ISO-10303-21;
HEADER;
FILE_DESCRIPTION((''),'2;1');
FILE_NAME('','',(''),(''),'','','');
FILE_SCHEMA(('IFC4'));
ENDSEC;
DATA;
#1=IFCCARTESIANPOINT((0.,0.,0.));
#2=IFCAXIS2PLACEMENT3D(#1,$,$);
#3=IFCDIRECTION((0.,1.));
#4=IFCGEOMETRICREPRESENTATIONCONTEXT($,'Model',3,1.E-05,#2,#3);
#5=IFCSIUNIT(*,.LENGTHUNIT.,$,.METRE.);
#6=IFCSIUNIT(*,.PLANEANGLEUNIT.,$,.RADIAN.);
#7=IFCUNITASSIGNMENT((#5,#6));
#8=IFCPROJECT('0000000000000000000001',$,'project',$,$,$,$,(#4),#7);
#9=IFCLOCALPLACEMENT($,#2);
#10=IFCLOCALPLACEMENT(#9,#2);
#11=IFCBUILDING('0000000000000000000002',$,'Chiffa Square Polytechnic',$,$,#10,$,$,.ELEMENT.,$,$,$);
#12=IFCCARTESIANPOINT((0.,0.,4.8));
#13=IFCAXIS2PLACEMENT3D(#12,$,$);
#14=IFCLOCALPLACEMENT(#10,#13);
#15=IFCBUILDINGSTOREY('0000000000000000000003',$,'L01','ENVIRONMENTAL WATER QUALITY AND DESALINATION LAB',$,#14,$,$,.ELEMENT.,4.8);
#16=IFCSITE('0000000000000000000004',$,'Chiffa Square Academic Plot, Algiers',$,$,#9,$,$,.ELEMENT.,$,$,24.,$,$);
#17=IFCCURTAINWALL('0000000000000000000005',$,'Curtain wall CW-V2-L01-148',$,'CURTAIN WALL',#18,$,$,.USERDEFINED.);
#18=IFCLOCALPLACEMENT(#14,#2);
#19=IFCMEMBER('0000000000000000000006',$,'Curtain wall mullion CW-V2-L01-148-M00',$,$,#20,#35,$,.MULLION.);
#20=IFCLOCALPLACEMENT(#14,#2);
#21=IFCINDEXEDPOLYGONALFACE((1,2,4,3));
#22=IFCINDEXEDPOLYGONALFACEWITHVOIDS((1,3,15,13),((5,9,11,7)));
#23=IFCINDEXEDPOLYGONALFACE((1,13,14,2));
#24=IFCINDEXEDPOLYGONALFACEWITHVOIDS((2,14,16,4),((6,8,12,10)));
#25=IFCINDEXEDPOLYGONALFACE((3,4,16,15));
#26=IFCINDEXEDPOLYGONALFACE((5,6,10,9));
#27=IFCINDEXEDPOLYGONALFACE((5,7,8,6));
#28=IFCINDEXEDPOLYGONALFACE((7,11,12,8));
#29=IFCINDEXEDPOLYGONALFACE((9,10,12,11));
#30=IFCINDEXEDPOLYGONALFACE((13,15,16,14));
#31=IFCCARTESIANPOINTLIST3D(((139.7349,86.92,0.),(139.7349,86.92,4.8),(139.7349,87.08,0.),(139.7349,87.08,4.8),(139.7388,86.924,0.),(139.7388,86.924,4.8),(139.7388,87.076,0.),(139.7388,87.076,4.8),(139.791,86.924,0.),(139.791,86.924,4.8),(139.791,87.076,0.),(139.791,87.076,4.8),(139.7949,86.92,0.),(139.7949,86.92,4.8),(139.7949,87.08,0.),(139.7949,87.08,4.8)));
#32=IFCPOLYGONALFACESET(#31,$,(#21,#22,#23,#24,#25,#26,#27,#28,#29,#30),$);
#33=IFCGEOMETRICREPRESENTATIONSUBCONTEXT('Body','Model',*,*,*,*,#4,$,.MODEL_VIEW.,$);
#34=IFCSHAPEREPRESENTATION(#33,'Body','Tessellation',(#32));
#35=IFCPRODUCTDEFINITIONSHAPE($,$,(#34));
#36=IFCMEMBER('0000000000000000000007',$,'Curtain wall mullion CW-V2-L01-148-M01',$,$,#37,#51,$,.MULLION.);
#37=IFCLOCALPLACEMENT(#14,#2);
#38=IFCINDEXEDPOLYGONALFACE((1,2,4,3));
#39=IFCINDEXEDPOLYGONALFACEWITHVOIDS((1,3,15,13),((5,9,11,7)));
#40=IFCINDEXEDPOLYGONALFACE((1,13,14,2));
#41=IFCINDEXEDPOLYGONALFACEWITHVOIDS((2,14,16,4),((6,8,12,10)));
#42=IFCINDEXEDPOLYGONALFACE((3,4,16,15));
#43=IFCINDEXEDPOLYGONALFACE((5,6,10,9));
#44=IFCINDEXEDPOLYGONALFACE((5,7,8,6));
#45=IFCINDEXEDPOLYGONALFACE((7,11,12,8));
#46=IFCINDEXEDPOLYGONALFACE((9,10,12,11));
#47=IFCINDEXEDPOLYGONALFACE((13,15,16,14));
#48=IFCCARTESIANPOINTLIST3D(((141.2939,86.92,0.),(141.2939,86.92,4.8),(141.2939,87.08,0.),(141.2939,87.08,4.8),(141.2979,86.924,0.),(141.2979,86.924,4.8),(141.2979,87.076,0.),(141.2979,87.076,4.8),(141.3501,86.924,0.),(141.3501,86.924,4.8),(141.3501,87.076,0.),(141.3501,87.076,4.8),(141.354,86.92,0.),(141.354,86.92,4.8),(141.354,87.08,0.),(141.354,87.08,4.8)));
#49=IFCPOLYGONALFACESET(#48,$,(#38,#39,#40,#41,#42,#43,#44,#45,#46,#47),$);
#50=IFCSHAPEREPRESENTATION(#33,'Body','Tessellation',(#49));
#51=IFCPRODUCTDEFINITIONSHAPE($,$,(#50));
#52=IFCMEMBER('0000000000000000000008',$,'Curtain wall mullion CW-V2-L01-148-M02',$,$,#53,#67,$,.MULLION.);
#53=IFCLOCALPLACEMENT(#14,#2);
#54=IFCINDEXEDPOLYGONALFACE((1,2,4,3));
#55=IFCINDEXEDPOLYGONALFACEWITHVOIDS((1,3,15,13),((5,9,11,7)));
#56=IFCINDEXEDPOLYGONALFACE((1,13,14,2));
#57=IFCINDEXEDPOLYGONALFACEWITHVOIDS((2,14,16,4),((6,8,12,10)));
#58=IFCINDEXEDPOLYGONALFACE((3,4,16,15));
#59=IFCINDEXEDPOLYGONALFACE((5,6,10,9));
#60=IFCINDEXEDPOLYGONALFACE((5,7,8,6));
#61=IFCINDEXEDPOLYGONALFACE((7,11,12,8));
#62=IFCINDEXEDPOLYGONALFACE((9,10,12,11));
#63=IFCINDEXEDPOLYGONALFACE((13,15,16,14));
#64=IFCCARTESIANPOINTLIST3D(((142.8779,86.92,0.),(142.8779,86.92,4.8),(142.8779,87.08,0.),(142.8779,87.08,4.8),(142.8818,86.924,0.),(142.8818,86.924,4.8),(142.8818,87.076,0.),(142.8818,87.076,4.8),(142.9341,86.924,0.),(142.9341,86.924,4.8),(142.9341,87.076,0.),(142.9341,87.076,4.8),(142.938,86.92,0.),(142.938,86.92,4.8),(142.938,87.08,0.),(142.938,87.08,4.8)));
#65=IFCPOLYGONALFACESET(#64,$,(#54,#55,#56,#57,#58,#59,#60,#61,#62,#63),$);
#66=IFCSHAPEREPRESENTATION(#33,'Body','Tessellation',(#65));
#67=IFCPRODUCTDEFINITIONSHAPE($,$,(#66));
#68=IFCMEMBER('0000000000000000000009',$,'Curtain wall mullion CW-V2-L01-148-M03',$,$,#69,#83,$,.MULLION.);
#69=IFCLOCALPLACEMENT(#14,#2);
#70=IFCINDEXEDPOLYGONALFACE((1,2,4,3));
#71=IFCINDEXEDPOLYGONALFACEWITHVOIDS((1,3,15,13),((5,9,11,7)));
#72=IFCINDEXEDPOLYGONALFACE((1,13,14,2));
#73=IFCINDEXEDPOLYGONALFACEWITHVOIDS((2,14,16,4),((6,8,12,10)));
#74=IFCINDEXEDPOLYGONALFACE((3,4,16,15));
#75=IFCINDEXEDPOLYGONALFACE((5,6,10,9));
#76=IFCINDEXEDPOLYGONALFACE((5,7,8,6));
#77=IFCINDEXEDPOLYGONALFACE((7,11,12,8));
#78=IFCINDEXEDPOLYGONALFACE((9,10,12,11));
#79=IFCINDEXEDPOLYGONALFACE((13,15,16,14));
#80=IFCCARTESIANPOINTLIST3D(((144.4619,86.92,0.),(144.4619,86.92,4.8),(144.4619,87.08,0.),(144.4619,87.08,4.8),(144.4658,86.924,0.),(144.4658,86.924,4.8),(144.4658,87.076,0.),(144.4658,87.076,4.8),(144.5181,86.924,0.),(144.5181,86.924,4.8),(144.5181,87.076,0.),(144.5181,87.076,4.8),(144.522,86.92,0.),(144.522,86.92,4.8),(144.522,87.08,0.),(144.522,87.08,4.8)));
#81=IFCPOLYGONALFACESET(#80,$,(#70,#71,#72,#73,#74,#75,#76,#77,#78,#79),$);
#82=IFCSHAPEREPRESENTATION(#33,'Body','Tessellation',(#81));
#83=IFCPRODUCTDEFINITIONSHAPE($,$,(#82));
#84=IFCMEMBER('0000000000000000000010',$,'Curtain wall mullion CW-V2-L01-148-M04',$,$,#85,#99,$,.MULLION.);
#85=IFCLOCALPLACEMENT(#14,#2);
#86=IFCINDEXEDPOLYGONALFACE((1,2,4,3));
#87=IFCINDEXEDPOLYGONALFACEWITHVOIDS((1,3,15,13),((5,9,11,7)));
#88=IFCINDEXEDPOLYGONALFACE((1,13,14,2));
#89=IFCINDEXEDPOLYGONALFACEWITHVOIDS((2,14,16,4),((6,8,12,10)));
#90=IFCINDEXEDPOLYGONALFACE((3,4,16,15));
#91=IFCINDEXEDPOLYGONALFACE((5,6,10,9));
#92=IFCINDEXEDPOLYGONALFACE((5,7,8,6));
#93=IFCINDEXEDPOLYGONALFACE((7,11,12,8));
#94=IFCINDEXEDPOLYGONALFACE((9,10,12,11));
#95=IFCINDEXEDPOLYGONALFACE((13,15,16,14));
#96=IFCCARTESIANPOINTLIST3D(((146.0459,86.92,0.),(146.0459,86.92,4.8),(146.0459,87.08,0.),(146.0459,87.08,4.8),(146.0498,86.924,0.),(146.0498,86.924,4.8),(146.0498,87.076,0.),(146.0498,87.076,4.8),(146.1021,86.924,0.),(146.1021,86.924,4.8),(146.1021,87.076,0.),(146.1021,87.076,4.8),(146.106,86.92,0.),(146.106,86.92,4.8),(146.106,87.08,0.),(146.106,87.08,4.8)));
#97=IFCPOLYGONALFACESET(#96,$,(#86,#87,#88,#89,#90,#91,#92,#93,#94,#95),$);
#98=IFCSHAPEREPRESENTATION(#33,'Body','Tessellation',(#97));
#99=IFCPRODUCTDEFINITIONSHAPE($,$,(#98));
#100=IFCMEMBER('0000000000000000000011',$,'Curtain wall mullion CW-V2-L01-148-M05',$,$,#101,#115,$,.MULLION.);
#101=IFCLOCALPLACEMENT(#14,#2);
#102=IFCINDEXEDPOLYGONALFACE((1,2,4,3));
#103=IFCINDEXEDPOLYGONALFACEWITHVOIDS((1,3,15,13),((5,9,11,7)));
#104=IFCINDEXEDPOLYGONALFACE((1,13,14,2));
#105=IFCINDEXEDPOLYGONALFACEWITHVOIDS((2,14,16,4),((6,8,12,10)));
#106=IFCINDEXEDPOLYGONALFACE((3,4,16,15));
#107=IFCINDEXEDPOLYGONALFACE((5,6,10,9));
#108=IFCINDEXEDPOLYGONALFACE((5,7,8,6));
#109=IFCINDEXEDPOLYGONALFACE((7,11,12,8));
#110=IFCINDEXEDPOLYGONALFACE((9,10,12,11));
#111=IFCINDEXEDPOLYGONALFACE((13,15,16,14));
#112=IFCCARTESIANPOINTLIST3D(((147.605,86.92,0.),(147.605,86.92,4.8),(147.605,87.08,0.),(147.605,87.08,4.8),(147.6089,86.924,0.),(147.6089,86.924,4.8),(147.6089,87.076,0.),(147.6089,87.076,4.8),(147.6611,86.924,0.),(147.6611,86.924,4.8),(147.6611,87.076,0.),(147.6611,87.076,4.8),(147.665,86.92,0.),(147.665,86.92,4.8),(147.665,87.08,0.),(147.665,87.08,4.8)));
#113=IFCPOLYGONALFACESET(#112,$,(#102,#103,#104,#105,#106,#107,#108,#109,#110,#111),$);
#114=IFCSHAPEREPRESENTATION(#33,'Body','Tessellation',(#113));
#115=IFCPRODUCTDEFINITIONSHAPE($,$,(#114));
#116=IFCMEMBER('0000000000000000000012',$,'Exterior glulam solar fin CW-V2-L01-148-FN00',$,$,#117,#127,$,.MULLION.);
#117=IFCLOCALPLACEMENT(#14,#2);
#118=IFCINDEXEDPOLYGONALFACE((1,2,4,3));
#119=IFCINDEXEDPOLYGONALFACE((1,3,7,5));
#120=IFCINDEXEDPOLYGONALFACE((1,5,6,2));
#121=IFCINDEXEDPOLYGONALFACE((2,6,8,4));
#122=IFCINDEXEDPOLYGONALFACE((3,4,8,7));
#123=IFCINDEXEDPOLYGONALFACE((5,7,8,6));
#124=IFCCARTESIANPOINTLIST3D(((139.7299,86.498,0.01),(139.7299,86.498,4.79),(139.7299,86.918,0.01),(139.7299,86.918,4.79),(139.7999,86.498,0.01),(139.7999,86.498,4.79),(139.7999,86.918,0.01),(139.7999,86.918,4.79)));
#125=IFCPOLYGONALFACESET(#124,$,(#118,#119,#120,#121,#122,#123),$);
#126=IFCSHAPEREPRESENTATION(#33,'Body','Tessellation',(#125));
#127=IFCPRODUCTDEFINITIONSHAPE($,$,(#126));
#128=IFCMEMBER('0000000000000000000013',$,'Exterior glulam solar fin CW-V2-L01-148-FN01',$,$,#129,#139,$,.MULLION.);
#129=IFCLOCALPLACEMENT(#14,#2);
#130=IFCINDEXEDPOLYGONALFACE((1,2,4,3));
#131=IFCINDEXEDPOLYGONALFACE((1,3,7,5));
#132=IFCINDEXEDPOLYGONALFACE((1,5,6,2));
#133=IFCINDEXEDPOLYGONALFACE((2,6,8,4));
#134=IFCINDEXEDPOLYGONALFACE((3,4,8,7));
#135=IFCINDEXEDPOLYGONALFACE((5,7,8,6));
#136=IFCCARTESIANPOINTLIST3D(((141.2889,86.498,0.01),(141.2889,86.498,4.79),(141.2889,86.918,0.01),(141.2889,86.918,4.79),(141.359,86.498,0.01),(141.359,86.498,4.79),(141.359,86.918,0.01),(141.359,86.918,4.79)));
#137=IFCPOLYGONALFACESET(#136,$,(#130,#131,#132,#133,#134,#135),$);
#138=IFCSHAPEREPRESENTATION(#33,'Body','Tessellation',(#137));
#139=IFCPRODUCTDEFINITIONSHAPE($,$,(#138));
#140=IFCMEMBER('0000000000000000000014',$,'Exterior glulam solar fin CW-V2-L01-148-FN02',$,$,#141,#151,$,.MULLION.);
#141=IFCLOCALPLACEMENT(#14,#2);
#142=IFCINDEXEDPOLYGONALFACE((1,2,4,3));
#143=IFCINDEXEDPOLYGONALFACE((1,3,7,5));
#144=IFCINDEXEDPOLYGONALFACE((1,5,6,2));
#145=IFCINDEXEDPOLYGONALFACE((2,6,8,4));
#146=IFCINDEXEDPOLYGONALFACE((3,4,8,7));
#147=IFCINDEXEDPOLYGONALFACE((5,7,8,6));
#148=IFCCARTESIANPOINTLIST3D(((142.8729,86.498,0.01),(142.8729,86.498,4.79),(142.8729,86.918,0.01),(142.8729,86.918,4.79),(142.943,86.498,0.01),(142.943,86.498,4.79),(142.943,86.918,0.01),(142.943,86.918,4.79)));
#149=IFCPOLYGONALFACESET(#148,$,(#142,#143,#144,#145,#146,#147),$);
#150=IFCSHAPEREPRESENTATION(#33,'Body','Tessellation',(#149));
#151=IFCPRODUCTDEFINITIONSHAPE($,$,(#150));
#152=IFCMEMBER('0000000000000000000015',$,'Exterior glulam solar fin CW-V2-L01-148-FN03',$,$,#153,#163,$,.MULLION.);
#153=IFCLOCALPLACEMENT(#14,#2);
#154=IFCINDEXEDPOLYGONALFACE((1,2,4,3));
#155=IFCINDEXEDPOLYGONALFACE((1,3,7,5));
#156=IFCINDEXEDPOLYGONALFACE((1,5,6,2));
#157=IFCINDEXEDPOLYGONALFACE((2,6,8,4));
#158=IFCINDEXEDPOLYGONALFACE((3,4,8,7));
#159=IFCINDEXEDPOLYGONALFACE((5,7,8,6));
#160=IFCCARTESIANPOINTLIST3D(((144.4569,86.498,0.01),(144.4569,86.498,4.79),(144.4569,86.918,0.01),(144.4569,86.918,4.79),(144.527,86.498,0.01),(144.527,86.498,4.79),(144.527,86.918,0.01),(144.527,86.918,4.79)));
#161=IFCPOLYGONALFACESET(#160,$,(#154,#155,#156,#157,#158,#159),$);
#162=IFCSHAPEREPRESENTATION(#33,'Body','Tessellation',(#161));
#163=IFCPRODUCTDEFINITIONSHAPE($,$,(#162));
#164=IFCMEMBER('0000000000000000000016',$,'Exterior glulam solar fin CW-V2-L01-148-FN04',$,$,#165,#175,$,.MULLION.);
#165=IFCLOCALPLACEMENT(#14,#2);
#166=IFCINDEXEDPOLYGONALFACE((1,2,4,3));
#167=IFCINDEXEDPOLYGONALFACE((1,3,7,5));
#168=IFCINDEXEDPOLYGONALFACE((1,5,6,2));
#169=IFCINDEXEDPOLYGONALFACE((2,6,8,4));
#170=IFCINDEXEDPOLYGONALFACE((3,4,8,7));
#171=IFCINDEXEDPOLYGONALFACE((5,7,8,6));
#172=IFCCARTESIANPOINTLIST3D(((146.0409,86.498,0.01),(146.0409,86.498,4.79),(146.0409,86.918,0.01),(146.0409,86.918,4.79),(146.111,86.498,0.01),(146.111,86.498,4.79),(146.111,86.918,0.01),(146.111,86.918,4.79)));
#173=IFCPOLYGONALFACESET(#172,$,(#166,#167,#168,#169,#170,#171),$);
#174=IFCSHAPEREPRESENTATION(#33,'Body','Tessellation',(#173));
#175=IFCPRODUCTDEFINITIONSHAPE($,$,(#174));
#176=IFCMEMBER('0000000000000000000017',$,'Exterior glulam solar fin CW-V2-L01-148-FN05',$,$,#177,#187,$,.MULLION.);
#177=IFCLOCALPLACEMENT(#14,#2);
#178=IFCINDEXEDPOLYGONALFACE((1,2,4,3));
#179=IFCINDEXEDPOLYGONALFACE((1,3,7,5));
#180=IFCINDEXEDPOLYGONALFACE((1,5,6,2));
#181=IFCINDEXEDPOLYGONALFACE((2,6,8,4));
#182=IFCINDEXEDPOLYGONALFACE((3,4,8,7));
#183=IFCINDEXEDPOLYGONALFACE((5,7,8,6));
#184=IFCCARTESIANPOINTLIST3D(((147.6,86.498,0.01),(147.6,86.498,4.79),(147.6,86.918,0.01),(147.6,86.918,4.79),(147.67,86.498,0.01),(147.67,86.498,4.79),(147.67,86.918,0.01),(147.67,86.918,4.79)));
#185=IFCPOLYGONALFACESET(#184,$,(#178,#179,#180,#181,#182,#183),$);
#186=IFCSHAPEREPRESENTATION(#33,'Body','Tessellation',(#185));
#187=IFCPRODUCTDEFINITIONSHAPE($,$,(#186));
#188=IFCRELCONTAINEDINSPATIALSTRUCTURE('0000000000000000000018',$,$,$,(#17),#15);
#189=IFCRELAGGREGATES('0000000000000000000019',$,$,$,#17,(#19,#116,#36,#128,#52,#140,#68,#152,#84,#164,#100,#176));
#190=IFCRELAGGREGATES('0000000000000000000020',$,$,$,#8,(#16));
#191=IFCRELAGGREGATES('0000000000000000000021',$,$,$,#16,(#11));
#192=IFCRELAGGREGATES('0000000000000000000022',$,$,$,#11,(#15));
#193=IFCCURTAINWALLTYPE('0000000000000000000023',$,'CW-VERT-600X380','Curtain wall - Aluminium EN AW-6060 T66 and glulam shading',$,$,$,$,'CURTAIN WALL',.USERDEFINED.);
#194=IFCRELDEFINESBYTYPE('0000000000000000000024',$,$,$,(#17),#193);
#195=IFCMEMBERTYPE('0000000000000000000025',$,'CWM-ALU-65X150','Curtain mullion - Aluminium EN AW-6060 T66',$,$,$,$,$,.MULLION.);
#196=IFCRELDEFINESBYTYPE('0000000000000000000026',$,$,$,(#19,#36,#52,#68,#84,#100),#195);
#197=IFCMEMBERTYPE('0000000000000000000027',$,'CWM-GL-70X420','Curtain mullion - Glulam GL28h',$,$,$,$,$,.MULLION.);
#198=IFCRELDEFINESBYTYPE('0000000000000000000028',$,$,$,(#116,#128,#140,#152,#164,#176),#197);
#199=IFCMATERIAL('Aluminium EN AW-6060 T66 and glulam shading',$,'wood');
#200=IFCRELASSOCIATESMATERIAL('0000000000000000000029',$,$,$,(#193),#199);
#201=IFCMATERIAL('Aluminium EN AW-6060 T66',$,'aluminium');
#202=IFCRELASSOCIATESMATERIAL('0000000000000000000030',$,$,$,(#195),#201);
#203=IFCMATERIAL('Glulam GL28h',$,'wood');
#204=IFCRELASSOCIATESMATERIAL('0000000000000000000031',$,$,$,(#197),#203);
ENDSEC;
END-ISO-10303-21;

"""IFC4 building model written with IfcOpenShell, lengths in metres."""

from ifc_helpers import new_model, si_unit, direction, frame, origin, origin_2d, place, context, subcontext, project, spatial, rectangle, hollow_rectangle, extrude, material, material_profile, profile_set, type_object, element, aggregate, save


model = new_model("IFC4")

# Units and contexts
model_context = context("Model", 3, precision=1e-05, world=origin(), true_north=direction((0.0, 1.0)))
body_context = subcontext(model_context, "Body", "Model", "MODEL_VIEW")
ifc_project = project(units=[si_unit("LENGTHUNIT", "METRE"), si_unit("PLANEANGLEUNIT", "RADIAN")], contexts=[model_context])

# Site, building, storey
site_placement = place(None, origin())
site = spatial("IfcSite", under=ifc_project, at=site_placement, Name="Chiffa Square Academic Plot, Algiers", CompositionType="ELEMENT", RefElevation=24.0)
building_placement = place(site_placement, origin())
building = spatial("IfcBuilding", under=site, at=building_placement, Name="Chiffa Square Polytechnic", CompositionType="ELEMENT")
storey_placement = place(building_placement, frame((0.0, 0.0, 4.8)))
storey = spatial("IfcBuildingStorey", under=building, at=storey_placement, Name="L01", Description="ENVIRONMENTAL WATER QUALITY AND DESALINATION LAB", CompositionType="ELEMENT", Elevation=4.8)

# Curtain wall, members
ifc_material_1 = material(Name="Aluminium EN AW-6060 T66 and glulam shading", Category="wood")
curtain_wall_type = type_object("IfcCurtainWallType", Name="CW-VERT-600X380", Description="Curtain wall - Aluminium EN AW-6060 T66 and glulam shading", ElementType="CURTAIN WALL", PredefinedType="USERDEFINED", material=ifc_material_1)
curtain_wall_placement = place(storey_placement, origin())
curtain_wall = element("IfcCurtainWall", 1, at=curtain_wall_placement, inside=storey, type_object=curtain_wall_type, Name="Curtain wall CW-V2-L01-148", ObjectType="CURTAIN WALL", PredefinedType="USERDEFINED")
ifc_material_2 = material(Name="Aluminium EN AW-6060 T66", Category="aluminium")
ifc_material_profile_1 = material_profile(ifc_material_2, hollow_rectangle(XDim=0.0601, YDim=0.1599, WallThickness=0.0039, at=origin_2d()), Name="ALU 60x160x4")
ifc_profile_set_1 = profile_set([ifc_material_profile_1], Name="Aluminium EN AW-6060 T66")
member_type_1 = type_object("IfcMemberType", Name="CWM-ALU-65X150", Description="Curtain mullion - Aluminium EN AW-6060 T66", PredefinedType="MULLION", material=ifc_profile_set_1)
member_1_placement = place(storey_placement, frame((139.7649, 87.0, 0.0), z_axis=(0.0, 0.0, 1.0), x_axis=(1.0, 0.0, 0.0)))
member_1 = element("IfcMember", 2, at=member_1_placement, type_object=member_type_1, Name="Curtain wall mullion CW-V2-L01-148-M00", PredefinedType="MULLION", context=body_context, shape_type="SweptSolid", body=[
    extrude(hollow_rectangle(XDim=0.0601, YDim=0.1599, WallThickness=0.0039, at=origin_2d()), origin(), (0.0, 0.0, 1.0), 4.8),
])
member_2_placement = place(storey_placement, frame((141.324, 87.0, 0.0), z_axis=(0.0, 0.0, 1.0), x_axis=(1.0, 0.0, 0.0)))
member_2 = element("IfcMember", 3, at=member_2_placement, type_object=member_type_1, Name="Curtain wall mullion CW-V2-L01-148-M01", PredefinedType="MULLION", context=body_context, shape_type="SweptSolid", body=[
    extrude(hollow_rectangle(XDim=0.0601, YDim=0.1599, WallThickness=0.0039, at=origin_2d()), origin(), (0.0, 0.0, 1.0), 4.8),
])
member_3_placement = place(storey_placement, frame((142.908, 87.0, 0.0), z_axis=(0.0, 0.0, 1.0), x_axis=(1.0, 0.0, 0.0)))
member_3 = element("IfcMember", 4, at=member_3_placement, type_object=member_type_1, Name="Curtain wall mullion CW-V2-L01-148-M02", PredefinedType="MULLION", context=body_context, shape_type="SweptSolid", body=[
    extrude(hollow_rectangle(XDim=0.0601, YDim=0.1599, WallThickness=0.0039, at=origin_2d()), origin(), (0.0, 0.0, 1.0), 4.8),
])
member_4_placement = place(storey_placement, frame((144.4919, 87.0, 0.0), z_axis=(0.0, 0.0, 1.0), x_axis=(1.0, 0.0, 0.0)))
member_4 = element("IfcMember", 5, at=member_4_placement, type_object=member_type_1, Name="Curtain wall mullion CW-V2-L01-148-M03", PredefinedType="MULLION", context=body_context, shape_type="SweptSolid", body=[
    extrude(hollow_rectangle(XDim=0.0601, YDim=0.1599, WallThickness=0.0039, at=origin_2d()), origin(), (0.0, 0.0, 1.0), 4.8),
])
member_5_placement = place(storey_placement, frame((146.0759, 87.0, 0.0), z_axis=(0.0, 0.0, 1.0), x_axis=(1.0, 0.0, 0.0)))
member_5 = element("IfcMember", 6, at=member_5_placement, type_object=member_type_1, Name="Curtain wall mullion CW-V2-L01-148-M04", PredefinedType="MULLION", context=body_context, shape_type="SweptSolid", body=[
    extrude(hollow_rectangle(XDim=0.0601, YDim=0.1599, WallThickness=0.0039, at=origin_2d()), origin(), (0.0, 0.0, 1.0), 4.8),
])
member_6_placement = place(storey_placement, frame((147.635, 87.0, 0.0), z_axis=(0.0, 0.0, 1.0), x_axis=(1.0, 0.0, 0.0)))
member_6 = element("IfcMember", 7, at=member_6_placement, type_object=member_type_1, Name="Curtain wall mullion CW-V2-L01-148-M05", PredefinedType="MULLION", context=body_context, shape_type="SweptSolid", body=[
    extrude(hollow_rectangle(XDim=0.0601, YDim=0.1599, WallThickness=0.0039, at=origin_2d()), origin(), (0.0, 0.0, 1.0), 4.8),
])
ifc_material_3 = material(Name="Glulam GL28h", Category="wood")
ifc_material_profile_2 = material_profile(ifc_material_3, rectangle(XDim=0.0701, YDim=0.4199, at=origin_2d()), Name="GL28h 70x420")
ifc_profile_set_2 = profile_set([ifc_material_profile_2], Name="Glulam GL28h")
member_type_2 = type_object("IfcMemberType", Name="CWM-GL-70X420", Description="Curtain mullion - Glulam GL28h", PredefinedType="MULLION", material=ifc_profile_set_2)
member_7_placement = place(storey_placement, frame((139.7649, 86.708, 0.01), z_axis=(0.0, 0.0, 1.0), x_axis=(1.0, 0.0, 0.0)))
member_7 = element("IfcMember", 8, at=member_7_placement, type_object=member_type_2, Name="Exterior glulam solar fin CW-V2-L01-148-FN00", PredefinedType="MULLION", context=body_context, shape_type="SweptSolid", body=[
    extrude(rectangle(XDim=0.0701, YDim=0.4199, at=origin_2d()), origin(), (0.0, 0.0, 1.0), 4.78),
])
member_8_placement = place(storey_placement, frame((141.324, 86.708, 0.01), z_axis=(0.0, 0.0, 1.0), x_axis=(1.0, 0.0, 0.0)))
member_8 = element("IfcMember", 9, at=member_8_placement, type_object=member_type_2, Name="Exterior glulam solar fin CW-V2-L01-148-FN01", PredefinedType="MULLION", context=body_context, shape_type="SweptSolid", body=[
    extrude(rectangle(XDim=0.0701, YDim=0.4199, at=origin_2d()), origin(), (0.0, 0.0, 1.0), 4.78),
])
member_9_placement = place(storey_placement, frame((142.908, 86.708, 0.01), z_axis=(0.0, 0.0, 1.0), x_axis=(1.0, 0.0, 0.0)))
member_9 = element("IfcMember", 10, at=member_9_placement, type_object=member_type_2, Name="Exterior glulam solar fin CW-V2-L01-148-FN02", PredefinedType="MULLION", context=body_context, shape_type="SweptSolid", body=[
    extrude(rectangle(XDim=0.0701, YDim=0.4199, at=origin_2d()), origin(), (0.0, 0.0, 1.0), 4.78),
])
member_10_placement = place(storey_placement, frame((144.4919, 86.708, 0.01), z_axis=(0.0, 0.0, 1.0), x_axis=(1.0, 0.0, 0.0)))
member_10 = element("IfcMember", 11, at=member_10_placement, type_object=member_type_2, Name="Exterior glulam solar fin CW-V2-L01-148-FN03", PredefinedType="MULLION", context=body_context, shape_type="SweptSolid", body=[
    extrude(rectangle(XDim=0.0701, YDim=0.4199, at=origin_2d()), origin(), (0.0, 0.0, 1.0), 4.78),
])
member_11_placement = place(storey_placement, frame((146.0759, 86.708, 0.01), z_axis=(0.0, 0.0, 1.0), x_axis=(1.0, 0.0, 0.0)))
member_11 = element("IfcMember", 12, at=member_11_placement, type_object=member_type_2, Name="Exterior glulam solar fin CW-V2-L01-148-FN04", PredefinedType="MULLION", context=body_context, shape_type="SweptSolid", body=[
    extrude(rectangle(XDim=0.0701, YDim=0.4199, at=origin_2d()), origin(), (0.0, 0.0, 1.0), 4.78),
])
member_12_placement = place(storey_placement, frame((147.635, 86.708, 0.01), z_axis=(0.0, 0.0, 1.0), x_axis=(1.0, 0.0, 0.0)))
member_12 = element("IfcMember", 13, at=member_12_placement, type_object=member_type_2, Name="Exterior glulam solar fin CW-V2-L01-148-FN05", PredefinedType="MULLION", context=body_context, shape_type="SweptSolid", body=[
    extrude(rectangle(XDim=0.0701, YDim=0.4199, at=origin_2d()), origin(), (0.0, 0.0, 1.0), 4.78),
])
aggregate(curtain_wall, [member_1, member_7, member_2, member_8, member_3, member_9, member_4, member_10, member_5, member_11, member_6, member_12])

save(model, "model.ifc")
